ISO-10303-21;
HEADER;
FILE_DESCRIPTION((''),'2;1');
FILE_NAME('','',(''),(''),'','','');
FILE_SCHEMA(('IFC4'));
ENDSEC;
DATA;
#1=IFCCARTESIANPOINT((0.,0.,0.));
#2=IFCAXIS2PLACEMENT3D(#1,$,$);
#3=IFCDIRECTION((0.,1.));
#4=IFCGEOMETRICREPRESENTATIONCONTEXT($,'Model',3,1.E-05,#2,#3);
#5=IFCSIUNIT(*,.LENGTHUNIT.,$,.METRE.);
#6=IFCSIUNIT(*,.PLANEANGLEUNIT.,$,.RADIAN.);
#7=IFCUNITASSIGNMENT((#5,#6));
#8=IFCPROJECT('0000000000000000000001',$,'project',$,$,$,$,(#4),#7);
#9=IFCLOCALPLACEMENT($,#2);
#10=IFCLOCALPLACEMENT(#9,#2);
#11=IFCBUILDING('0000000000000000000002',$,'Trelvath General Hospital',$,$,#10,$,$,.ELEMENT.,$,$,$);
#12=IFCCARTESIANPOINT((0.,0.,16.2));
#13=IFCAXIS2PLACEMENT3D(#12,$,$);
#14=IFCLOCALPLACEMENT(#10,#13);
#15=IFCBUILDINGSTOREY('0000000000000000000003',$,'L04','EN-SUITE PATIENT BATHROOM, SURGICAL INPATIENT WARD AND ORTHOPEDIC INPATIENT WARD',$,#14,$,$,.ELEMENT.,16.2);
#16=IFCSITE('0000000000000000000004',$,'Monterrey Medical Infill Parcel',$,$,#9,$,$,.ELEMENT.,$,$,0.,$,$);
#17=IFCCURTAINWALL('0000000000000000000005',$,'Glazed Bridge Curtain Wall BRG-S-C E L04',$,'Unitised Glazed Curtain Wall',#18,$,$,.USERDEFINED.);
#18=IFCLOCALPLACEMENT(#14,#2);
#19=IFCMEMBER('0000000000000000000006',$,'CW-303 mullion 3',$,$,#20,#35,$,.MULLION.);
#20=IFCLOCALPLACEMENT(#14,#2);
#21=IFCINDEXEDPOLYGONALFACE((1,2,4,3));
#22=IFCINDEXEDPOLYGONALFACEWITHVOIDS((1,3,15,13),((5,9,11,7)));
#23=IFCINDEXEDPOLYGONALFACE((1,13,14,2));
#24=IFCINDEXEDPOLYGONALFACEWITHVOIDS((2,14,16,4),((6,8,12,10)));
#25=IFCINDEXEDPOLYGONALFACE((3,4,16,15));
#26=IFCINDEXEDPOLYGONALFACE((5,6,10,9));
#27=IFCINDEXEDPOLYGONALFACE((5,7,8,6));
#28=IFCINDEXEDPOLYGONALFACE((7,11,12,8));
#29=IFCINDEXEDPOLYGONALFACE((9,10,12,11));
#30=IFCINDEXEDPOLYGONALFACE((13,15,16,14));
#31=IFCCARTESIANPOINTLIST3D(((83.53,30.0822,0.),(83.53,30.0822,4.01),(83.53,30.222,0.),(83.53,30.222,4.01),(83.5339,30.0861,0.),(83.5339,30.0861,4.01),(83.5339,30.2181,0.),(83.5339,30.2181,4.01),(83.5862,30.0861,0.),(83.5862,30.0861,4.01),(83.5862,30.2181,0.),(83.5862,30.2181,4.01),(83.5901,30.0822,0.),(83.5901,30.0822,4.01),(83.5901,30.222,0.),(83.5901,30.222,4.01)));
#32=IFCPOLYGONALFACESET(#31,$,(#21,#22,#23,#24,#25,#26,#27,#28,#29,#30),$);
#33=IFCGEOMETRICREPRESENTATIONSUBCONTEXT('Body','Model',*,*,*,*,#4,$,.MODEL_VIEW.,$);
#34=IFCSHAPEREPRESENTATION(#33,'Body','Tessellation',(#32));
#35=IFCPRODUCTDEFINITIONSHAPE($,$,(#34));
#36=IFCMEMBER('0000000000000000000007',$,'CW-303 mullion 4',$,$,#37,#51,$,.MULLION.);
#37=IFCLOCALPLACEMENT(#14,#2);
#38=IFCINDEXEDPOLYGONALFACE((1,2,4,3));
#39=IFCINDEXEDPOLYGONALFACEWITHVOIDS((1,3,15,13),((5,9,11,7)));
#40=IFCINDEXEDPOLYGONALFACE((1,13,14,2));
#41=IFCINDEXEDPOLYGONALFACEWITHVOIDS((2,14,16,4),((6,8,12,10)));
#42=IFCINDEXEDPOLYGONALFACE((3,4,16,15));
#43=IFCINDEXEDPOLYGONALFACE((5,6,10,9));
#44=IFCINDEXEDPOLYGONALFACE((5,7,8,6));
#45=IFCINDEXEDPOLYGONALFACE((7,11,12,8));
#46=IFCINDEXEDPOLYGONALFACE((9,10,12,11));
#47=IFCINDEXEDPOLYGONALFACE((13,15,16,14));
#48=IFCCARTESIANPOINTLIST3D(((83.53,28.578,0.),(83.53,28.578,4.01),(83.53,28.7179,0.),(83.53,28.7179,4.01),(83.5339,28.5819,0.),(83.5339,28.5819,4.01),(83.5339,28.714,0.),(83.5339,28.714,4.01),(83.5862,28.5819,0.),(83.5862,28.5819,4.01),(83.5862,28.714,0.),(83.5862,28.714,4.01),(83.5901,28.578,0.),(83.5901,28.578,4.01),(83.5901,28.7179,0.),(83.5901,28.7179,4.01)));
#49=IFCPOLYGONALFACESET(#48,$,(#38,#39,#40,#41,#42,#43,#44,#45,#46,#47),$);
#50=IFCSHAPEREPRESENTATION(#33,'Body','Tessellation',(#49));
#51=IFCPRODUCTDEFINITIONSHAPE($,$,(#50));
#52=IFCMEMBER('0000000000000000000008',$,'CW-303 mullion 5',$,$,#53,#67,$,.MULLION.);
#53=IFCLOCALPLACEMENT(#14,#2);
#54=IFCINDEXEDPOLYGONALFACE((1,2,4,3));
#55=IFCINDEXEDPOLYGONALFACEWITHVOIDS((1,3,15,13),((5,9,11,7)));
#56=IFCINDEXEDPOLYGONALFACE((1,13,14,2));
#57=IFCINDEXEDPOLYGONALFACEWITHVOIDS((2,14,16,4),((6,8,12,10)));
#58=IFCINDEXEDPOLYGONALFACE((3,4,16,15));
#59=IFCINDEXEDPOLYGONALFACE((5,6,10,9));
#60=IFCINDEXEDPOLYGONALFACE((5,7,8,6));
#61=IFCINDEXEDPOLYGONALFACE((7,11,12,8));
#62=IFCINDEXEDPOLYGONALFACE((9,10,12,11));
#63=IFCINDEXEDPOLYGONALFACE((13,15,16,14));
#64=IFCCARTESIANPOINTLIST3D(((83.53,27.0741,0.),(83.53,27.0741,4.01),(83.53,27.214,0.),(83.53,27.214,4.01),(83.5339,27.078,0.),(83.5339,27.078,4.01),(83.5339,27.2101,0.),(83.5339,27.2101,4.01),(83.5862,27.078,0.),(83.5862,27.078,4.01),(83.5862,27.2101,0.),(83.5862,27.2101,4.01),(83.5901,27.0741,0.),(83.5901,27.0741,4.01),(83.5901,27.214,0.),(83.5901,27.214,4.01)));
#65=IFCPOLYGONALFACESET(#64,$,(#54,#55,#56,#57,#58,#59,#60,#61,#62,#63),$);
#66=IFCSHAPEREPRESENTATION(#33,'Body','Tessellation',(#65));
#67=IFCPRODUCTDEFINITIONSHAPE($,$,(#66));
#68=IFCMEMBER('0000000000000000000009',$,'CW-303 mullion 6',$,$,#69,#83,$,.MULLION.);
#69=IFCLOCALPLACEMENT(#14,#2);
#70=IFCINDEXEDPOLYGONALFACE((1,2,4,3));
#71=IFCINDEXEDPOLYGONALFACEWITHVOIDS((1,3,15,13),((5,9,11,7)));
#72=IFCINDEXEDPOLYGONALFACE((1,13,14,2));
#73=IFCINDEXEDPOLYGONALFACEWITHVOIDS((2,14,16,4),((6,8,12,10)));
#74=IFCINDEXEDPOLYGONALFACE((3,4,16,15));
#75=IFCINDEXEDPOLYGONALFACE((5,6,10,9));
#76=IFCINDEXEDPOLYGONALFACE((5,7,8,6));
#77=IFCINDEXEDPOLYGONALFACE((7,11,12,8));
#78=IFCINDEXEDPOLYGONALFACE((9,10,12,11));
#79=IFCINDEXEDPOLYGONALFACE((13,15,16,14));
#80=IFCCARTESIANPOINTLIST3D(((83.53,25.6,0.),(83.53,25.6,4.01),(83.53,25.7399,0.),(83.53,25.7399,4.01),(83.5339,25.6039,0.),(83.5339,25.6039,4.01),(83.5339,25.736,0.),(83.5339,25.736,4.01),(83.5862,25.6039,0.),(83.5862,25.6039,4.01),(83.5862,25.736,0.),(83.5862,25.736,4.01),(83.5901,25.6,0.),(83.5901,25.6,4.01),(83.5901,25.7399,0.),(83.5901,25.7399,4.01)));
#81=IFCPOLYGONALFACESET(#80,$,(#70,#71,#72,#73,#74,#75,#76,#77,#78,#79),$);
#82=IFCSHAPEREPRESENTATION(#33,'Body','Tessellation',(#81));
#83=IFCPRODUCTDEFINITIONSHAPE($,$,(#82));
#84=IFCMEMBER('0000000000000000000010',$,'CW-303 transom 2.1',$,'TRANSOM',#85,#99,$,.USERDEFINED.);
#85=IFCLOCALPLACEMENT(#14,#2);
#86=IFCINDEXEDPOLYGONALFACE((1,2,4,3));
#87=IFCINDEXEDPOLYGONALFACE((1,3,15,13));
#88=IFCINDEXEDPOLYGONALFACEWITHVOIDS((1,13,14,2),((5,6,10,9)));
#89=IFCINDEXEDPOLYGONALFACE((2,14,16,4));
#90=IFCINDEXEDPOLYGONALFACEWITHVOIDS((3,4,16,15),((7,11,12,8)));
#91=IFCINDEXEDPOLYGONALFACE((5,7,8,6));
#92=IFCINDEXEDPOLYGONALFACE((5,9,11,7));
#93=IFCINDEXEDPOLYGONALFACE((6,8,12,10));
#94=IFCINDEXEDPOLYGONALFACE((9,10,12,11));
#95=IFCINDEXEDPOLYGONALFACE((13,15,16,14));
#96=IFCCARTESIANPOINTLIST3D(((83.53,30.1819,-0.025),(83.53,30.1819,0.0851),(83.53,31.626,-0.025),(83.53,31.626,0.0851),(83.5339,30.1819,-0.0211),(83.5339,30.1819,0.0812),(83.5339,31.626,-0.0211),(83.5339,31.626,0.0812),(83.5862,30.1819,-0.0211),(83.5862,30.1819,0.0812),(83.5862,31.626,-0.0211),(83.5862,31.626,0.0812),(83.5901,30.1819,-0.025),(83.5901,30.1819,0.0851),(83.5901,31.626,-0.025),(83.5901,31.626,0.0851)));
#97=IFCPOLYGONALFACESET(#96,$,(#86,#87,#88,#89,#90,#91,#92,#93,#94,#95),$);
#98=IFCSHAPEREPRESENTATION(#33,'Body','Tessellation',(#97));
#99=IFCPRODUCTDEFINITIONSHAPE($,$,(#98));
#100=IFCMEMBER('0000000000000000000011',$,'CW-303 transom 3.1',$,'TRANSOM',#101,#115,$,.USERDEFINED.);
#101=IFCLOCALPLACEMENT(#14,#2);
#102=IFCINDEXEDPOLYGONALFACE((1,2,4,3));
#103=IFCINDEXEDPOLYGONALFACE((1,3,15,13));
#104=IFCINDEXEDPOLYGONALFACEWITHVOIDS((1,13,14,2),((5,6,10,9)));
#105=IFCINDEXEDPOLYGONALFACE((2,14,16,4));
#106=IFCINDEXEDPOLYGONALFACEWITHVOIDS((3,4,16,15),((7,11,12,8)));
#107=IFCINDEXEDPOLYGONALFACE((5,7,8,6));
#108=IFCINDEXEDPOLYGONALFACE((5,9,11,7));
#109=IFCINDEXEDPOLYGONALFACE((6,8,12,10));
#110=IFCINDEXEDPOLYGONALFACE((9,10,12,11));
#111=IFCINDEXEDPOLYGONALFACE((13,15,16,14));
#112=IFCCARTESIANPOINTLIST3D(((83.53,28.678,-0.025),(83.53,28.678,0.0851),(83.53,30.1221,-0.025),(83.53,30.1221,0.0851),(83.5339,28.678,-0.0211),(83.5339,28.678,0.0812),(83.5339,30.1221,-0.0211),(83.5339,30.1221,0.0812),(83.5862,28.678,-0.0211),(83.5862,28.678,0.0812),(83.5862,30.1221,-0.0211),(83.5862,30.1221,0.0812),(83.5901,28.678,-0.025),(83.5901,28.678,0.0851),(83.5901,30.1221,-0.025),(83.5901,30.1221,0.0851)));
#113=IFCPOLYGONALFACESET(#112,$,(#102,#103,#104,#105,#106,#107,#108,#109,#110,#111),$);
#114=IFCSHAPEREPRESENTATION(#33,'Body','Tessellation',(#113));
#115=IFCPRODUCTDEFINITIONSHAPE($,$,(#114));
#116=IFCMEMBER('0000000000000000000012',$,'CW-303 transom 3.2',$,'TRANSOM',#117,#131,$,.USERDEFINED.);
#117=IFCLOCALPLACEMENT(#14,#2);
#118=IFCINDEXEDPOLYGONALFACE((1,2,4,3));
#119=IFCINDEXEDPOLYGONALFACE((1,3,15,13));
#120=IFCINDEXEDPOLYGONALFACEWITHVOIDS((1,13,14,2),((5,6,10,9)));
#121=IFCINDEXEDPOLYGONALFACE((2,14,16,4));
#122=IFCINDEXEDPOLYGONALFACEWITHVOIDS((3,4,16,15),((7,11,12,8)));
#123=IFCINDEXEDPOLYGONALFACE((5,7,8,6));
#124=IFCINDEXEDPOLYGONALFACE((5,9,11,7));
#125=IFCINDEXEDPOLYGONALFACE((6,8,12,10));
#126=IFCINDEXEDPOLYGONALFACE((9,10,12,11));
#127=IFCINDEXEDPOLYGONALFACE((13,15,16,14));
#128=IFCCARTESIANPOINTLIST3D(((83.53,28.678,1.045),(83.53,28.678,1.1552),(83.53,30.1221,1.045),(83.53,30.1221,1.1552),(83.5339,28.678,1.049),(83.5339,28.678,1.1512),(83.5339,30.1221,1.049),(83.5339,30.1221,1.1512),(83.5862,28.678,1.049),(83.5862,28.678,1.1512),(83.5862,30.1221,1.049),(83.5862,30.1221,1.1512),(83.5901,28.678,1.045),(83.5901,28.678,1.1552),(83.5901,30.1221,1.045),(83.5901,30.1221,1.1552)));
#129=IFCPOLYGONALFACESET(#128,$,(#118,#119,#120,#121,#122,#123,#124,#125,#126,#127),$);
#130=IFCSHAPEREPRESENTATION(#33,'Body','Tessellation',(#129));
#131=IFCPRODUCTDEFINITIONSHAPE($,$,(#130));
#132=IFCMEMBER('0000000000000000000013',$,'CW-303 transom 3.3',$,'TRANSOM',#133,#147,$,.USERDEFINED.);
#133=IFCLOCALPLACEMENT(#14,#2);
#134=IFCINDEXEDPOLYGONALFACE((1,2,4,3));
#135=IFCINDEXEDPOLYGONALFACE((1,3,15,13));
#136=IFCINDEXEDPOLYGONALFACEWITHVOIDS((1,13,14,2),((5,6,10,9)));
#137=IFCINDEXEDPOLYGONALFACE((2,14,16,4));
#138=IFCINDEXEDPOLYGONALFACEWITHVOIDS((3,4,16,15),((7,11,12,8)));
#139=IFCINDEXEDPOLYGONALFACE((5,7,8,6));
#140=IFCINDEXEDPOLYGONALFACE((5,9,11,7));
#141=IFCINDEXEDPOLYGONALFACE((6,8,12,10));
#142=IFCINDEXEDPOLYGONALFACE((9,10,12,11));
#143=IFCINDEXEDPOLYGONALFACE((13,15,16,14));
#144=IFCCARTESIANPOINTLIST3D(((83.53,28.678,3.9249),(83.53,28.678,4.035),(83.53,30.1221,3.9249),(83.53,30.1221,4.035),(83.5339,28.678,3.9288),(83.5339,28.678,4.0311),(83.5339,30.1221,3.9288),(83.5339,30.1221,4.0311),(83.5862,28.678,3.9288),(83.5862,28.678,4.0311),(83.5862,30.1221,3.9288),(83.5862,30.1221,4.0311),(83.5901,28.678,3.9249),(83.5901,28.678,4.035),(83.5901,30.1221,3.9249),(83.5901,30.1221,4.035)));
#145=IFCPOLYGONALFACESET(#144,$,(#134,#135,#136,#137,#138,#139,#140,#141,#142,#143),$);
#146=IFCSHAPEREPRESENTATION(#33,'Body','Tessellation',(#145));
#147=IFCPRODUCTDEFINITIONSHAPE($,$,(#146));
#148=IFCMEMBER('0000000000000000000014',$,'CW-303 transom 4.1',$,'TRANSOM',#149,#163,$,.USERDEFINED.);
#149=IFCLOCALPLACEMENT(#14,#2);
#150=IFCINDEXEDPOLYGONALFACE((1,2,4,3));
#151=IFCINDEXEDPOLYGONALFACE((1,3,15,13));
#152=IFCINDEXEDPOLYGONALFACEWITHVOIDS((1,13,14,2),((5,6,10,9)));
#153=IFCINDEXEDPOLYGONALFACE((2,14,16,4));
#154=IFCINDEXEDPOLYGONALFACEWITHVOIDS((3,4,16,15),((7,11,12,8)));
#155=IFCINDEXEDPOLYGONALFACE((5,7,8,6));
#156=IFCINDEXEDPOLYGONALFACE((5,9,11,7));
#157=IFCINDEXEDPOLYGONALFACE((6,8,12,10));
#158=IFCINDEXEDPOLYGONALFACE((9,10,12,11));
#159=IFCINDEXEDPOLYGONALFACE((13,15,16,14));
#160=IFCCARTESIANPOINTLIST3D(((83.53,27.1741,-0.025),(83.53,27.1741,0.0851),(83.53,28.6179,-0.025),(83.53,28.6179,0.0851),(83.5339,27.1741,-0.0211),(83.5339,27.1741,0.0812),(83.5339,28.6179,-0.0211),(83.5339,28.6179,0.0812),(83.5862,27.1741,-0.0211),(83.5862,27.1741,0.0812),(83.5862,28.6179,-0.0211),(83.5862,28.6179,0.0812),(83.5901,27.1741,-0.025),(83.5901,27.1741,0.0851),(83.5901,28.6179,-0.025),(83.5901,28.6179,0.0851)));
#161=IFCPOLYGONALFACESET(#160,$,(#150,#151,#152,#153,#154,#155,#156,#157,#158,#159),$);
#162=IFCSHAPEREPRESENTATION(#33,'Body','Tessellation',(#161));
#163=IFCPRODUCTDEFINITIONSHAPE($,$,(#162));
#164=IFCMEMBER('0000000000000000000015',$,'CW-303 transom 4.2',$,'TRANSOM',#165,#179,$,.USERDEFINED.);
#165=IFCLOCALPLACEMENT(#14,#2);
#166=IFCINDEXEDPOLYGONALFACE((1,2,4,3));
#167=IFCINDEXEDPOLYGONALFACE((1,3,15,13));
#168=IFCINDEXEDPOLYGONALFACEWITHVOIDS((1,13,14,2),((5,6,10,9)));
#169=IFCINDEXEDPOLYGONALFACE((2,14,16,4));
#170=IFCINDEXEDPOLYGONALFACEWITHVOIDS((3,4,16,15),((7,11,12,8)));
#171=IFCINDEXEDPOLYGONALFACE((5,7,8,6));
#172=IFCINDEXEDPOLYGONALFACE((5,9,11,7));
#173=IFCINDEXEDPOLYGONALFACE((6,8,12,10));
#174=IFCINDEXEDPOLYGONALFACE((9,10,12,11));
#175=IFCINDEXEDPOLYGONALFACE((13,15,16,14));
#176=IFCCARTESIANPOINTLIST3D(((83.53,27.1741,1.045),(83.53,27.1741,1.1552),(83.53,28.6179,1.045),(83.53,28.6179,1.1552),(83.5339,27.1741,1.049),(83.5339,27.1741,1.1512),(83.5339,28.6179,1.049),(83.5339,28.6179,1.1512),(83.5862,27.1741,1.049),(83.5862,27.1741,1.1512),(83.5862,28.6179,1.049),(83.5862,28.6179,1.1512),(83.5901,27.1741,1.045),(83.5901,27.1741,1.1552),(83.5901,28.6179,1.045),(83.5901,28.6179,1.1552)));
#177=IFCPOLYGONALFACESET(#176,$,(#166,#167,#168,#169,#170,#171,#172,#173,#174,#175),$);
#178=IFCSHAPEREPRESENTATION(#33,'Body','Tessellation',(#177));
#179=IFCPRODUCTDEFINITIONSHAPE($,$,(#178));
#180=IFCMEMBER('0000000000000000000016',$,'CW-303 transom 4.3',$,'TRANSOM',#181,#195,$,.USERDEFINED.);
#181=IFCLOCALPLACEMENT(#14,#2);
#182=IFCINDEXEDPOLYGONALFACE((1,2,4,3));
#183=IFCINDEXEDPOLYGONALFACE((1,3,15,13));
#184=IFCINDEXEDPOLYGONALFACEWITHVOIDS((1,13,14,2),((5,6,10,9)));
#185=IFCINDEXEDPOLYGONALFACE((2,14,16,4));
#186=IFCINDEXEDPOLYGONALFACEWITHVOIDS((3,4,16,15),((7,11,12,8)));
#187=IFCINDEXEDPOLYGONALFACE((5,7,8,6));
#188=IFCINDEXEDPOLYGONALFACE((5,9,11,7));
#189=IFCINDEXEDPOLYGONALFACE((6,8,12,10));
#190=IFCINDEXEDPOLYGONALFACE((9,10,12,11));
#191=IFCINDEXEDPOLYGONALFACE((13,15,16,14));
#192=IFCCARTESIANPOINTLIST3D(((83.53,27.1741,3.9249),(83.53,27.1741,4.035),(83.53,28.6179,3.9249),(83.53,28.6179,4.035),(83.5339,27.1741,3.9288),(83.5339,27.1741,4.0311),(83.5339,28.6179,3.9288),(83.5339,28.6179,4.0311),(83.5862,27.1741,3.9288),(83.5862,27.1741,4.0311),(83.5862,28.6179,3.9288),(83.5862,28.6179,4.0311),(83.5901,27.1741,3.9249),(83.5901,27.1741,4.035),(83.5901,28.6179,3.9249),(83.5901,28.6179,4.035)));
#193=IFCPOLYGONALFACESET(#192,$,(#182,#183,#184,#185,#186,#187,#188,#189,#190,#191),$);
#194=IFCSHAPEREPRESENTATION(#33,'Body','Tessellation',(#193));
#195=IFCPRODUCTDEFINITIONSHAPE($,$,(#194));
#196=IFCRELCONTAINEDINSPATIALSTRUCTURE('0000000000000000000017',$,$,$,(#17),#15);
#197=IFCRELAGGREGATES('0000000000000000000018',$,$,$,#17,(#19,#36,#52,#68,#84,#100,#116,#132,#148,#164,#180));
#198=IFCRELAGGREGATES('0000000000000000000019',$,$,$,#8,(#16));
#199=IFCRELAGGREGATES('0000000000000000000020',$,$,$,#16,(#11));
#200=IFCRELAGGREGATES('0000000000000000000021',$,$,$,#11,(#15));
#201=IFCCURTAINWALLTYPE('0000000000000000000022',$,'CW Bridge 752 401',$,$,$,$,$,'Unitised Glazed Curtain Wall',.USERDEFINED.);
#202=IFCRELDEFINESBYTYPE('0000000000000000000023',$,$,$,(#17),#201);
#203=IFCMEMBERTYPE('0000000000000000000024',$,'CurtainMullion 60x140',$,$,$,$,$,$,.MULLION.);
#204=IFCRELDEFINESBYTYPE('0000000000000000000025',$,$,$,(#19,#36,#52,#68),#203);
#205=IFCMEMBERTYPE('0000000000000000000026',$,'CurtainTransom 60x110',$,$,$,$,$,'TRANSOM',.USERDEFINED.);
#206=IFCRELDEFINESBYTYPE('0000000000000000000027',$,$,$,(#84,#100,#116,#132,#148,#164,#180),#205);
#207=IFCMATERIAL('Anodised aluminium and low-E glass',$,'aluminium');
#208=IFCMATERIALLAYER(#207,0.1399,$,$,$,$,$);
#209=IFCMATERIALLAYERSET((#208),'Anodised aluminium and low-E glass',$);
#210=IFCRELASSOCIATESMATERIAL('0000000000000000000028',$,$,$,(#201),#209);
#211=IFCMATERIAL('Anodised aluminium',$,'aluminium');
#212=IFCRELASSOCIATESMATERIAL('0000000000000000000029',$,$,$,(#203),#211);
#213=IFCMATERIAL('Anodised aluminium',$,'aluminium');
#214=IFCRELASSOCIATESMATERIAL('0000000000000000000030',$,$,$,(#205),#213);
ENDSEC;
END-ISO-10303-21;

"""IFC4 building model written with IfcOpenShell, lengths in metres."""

from ifc_helpers import new_model, si_unit, direction, frame, origin, origin_2d, place, context, subcontext, project, spatial, hollow_rectangle, extrude, material, layer, layer_set, material_profile, profile_set, type_object, element, aggregate, save


model = new_model("IFC4")

# Units and contexts
model_context = context("Model", 3, precision=1e-05, world=origin(), true_north=direction((0.0, 1.0)))
body_context = subcontext(model_context, "Body", "Model", "MODEL_VIEW")
ifc_project = project(units=[si_unit("LENGTHUNIT", "METRE"), si_unit("PLANEANGLEUNIT", "RADIAN")], contexts=[model_context])

# Site, building, storey
site_placement = place(None, origin())
site = spatial("IfcSite", under=ifc_project, at=site_placement, Name="Monterrey Medical Infill Parcel", CompositionType="ELEMENT", RefElevation=0.0)
building_placement = place(site_placement, origin())
building = spatial("IfcBuilding", under=site, at=building_placement, Name="Trelvath General Hospital", CompositionType="ELEMENT")
storey_placement = place(building_placement, frame((0.0, 0.0, 16.2)))
storey = spatial("IfcBuildingStorey", under=building, at=storey_placement, Name="L04", Description="EN-SUITE PATIENT BATHROOM, SURGICAL INPATIENT WARD AND ORTHOPEDIC INPATIENT WARD", CompositionType="ELEMENT", Elevation=16.2)

# Curtain wall, members
ifc_material_1 = material(Name="Anodised aluminium and low-E glass", Category="aluminium")
ifc_layer_1 = layer(ifc_material_1, 0.1399)
ifc_layer_set_1 = layer_set([ifc_layer_1], Name="Anodised aluminium and low-E glass")
curtain_wall_type = type_object("IfcCurtainWallType", Name="CW Bridge 752 401", ElementType="Unitised Glazed Curtain Wall", PredefinedType="USERDEFINED", material=ifc_layer_set_1)
curtain_wall_placement = place(storey_placement, origin())
curtain_wall = element("IfcCurtainWall", 1, at=curtain_wall_placement, inside=storey, type_object=curtain_wall_type, Name="Glazed Bridge Curtain Wall BRG-S-C E L04", ObjectType="Unitised Glazed Curtain Wall", PredefinedType="USERDEFINED")
ifc_material_2 = material(Name="Anodised aluminium", Category="aluminium")
ifc_material_profile_1 = material_profile(ifc_material_2, hollow_rectangle(XDim=0.0601, YDim=0.1399, WallThickness=0.0039, at=origin_2d()), Name="RHS60x140x4")
ifc_profile_set_1 = profile_set([ifc_material_profile_1], Name="Anodised aluminium")
member_type_1 = type_object("IfcMemberType", Name="CurtainMullion 60x140", PredefinedType="MULLION", material=ifc_profile_set_1)
member_1_placement = place(storey_placement, frame((83.5601, 30.1521, 0.0), z_axis=(0.0, 0.0, 1.0), x_axis=(1.0, 0.0, 0.0)))
member_1 = element("IfcMember", 2, at=member_1_placement, type_object=member_type_1, Name="CW-303 mullion 3", PredefinedType="MULLION", context=body_context, shape_type="SweptSolid", body=[
    extrude(hollow_rectangle(XDim=0.0601, YDim=0.1399, WallThickness=0.0039, at=origin_2d()), origin(), (0.0, 0.0, 1.0), 4.01),
])
member_2_placement = place(storey_placement, frame((83.5601, 28.6479, 0.0), z_axis=(0.0, 0.0, 1.0), x_axis=(1.0, 0.0, 0.0)))
member_2 = element("IfcMember", 3, at=member_2_placement, type_object=member_type_1, Name="CW-303 mullion 4", PredefinedType="MULLION", context=body_context, shape_type="SweptSolid", body=[
    extrude(hollow_rectangle(XDim=0.0601, YDim=0.1399, WallThickness=0.0039, at=origin_2d()), origin(), (0.0, 0.0, 1.0), 4.01),
])
member_3_placement = place(storey_placement, frame((83.5601, 27.144, 0.0), z_axis=(0.0, 0.0, 1.0), x_axis=(1.0, 0.0, 0.0)))
member_3 = element("IfcMember", 4, at=member_3_placement, type_object=member_type_1, Name="CW-303 mullion 5", PredefinedType="MULLION", context=body_context, shape_type="SweptSolid", body=[
    extrude(hollow_rectangle(XDim=0.0601, YDim=0.1399, WallThickness=0.0039, at=origin_2d()), origin(), (0.0, 0.0, 1.0), 4.01),
])
member_4_placement = place(storey_placement, frame((83.5601, 25.6699, 0.0), z_axis=(0.0, 0.0, 1.0), x_axis=(1.0, 0.0, 0.0)))
member_4 = element("IfcMember", 5, at=member_4_placement, type_object=member_type_1, Name="CW-303 mullion 6", PredefinedType="MULLION", context=body_context, shape_type="SweptSolid", body=[
    extrude(hollow_rectangle(XDim=0.0601, YDim=0.1399, WallThickness=0.0039, at=origin_2d()), origin(), (0.0, 0.0, 1.0), 4.01),
])
ifc_material_3 = material(Name="Anodised aluminium", Category="aluminium")
ifc_material_profile_2 = material_profile(ifc_material_3, hollow_rectangle(XDim=0.0601, YDim=0.1101, WallThickness=0.0039, at=origin_2d()), Name="RHS60x110x4")
ifc_profile_set_2 = profile_set([ifc_material_profile_2], Name="Anodised aluminium")
member_type_2 = type_object("IfcMemberType", Name="CurtainTransom 60x110", ElementType="TRANSOM", PredefinedType="USERDEFINED", material=ifc_profile_set_2)
member_5_placement = place(storey_placement, frame((83.5601, 31.626, 0.03), z_axis=(0.0, -1.0, 0.0), x_axis=(1.0, 0.0, 0.0)))
member_5 = element("IfcMember", 6, at=member_5_placement, type_object=member_type_2, Name="CW-303 transom 2.1", ObjectType="TRANSOM", PredefinedType="USERDEFINED", context=body_context, shape_type="SweptSolid", body=[
    extrude(hollow_rectangle(XDim=0.0601, YDim=0.1101, WallThickness=0.0039, at=origin_2d()), origin(), (0.0, 0.0, 1.0), 1.4441),
])
member_6_placement = place(storey_placement, frame((83.5601, 30.1221, 0.03), z_axis=(0.0, -1.0, 0.0), x_axis=(1.0, 0.0, 0.0)))
member_6 = element("IfcMember", 7, at=member_6_placement, type_object=member_type_2, Name="CW-303 transom 3.1", ObjectType="TRANSOM", PredefinedType="USERDEFINED", context=body_context, shape_type="SweptSolid", body=[
    extrude(hollow_rectangle(XDim=0.0601, YDim=0.1101, WallThickness=0.0039, at=origin_2d()), origin(), (0.0, 0.0, 1.0), 1.4441),
])
member_7_placement = place(storey_placement, frame((83.5601, 30.1221, 1.1001), z_axis=(0.0, -1.0, 0.0), x_axis=(1.0, 0.0, 0.0)))
member_7 = element("IfcMember", 8, at=member_7_placement, type_object=member_type_2, Name="CW-303 transom 3.2", ObjectType="TRANSOM", PredefinedType="USERDEFINED", context=body_context, shape_type="SweptSolid", body=[
    extrude(hollow_rectangle(XDim=0.0601, YDim=0.1101, WallThickness=0.0039, at=origin_2d()), origin(), (0.0, 0.0, 1.0), 1.4441),
])
member_8_placement = place(storey_placement, frame((83.5601, 30.1221, 3.98), z_axis=(0.0, -1.0, 0.0), x_axis=(1.0, 0.0, 0.0)))
member_8 = element("IfcMember", 9, at=member_8_placement, type_object=member_type_2, Name="CW-303 transom 3.3", ObjectType="TRANSOM", PredefinedType="USERDEFINED", context=body_context, shape_type="SweptSolid", body=[
    extrude(hollow_rectangle(XDim=0.0601, YDim=0.1101, WallThickness=0.0039, at=origin_2d()), origin(), (0.0, 0.0, 1.0), 1.4441),
])
member_9_placement = place(storey_placement, frame((83.5601, 28.6179, 0.03), z_axis=(0.0, -1.0, 0.0), x_axis=(1.0, 0.0, 0.0)))
member_9 = element("IfcMember", 10, at=member_9_placement, type_object=member_type_2, Name="CW-303 transom 4.1", ObjectType="TRANSOM", PredefinedType="USERDEFINED", context=body_context, shape_type="SweptSolid", body=[
    extrude(hollow_rectangle(XDim=0.0601, YDim=0.1101, WallThickness=0.0039, at=origin_2d()), origin(), (0.0, 0.0, 1.0), 1.4438),
])
member_10_placement = place(storey_placement, frame((83.5601, 28.6179, 1.1001), z_axis=(0.0, -1.0, 0.0), x_axis=(1.0, 0.0, 0.0)))
member_10 = element("IfcMember", 11, at=member_10_placement, type_object=member_type_2, Name="CW-303 transom 4.2", ObjectType="TRANSOM", PredefinedType="USERDEFINED", context=body_context, shape_type="SweptSolid", body=[
    extrude(hollow_rectangle(XDim=0.0601, YDim=0.1101, WallThickness=0.0039, at=origin_2d()), origin(), (0.0, 0.0, 1.0), 1.4438),
])
member_11_placement = place(storey_placement, frame((83.5601, 28.6179, 3.98), z_axis=(0.0, -1.0, 0.0), x_axis=(1.0, 0.0, 0.0)))
member_11 = element("IfcMember", 12, at=member_11_placement, type_object=member_type_2, Name="CW-303 transom 4.3", ObjectType="TRANSOM", PredefinedType="USERDEFINED", context=body_context, shape_type="SweptSolid", body=[
    extrude(hollow_rectangle(XDim=0.0601, YDim=0.1101, WallThickness=0.0039, at=origin_2d()), origin(), (0.0, 0.0, 1.0), 1.4438),
])
aggregate(curtain_wall, [member_1, member_2, member_3, member_4, member_5, member_6, member_7, member_8, member_9, member_10, member_11])

save(model, "model.ifc")
